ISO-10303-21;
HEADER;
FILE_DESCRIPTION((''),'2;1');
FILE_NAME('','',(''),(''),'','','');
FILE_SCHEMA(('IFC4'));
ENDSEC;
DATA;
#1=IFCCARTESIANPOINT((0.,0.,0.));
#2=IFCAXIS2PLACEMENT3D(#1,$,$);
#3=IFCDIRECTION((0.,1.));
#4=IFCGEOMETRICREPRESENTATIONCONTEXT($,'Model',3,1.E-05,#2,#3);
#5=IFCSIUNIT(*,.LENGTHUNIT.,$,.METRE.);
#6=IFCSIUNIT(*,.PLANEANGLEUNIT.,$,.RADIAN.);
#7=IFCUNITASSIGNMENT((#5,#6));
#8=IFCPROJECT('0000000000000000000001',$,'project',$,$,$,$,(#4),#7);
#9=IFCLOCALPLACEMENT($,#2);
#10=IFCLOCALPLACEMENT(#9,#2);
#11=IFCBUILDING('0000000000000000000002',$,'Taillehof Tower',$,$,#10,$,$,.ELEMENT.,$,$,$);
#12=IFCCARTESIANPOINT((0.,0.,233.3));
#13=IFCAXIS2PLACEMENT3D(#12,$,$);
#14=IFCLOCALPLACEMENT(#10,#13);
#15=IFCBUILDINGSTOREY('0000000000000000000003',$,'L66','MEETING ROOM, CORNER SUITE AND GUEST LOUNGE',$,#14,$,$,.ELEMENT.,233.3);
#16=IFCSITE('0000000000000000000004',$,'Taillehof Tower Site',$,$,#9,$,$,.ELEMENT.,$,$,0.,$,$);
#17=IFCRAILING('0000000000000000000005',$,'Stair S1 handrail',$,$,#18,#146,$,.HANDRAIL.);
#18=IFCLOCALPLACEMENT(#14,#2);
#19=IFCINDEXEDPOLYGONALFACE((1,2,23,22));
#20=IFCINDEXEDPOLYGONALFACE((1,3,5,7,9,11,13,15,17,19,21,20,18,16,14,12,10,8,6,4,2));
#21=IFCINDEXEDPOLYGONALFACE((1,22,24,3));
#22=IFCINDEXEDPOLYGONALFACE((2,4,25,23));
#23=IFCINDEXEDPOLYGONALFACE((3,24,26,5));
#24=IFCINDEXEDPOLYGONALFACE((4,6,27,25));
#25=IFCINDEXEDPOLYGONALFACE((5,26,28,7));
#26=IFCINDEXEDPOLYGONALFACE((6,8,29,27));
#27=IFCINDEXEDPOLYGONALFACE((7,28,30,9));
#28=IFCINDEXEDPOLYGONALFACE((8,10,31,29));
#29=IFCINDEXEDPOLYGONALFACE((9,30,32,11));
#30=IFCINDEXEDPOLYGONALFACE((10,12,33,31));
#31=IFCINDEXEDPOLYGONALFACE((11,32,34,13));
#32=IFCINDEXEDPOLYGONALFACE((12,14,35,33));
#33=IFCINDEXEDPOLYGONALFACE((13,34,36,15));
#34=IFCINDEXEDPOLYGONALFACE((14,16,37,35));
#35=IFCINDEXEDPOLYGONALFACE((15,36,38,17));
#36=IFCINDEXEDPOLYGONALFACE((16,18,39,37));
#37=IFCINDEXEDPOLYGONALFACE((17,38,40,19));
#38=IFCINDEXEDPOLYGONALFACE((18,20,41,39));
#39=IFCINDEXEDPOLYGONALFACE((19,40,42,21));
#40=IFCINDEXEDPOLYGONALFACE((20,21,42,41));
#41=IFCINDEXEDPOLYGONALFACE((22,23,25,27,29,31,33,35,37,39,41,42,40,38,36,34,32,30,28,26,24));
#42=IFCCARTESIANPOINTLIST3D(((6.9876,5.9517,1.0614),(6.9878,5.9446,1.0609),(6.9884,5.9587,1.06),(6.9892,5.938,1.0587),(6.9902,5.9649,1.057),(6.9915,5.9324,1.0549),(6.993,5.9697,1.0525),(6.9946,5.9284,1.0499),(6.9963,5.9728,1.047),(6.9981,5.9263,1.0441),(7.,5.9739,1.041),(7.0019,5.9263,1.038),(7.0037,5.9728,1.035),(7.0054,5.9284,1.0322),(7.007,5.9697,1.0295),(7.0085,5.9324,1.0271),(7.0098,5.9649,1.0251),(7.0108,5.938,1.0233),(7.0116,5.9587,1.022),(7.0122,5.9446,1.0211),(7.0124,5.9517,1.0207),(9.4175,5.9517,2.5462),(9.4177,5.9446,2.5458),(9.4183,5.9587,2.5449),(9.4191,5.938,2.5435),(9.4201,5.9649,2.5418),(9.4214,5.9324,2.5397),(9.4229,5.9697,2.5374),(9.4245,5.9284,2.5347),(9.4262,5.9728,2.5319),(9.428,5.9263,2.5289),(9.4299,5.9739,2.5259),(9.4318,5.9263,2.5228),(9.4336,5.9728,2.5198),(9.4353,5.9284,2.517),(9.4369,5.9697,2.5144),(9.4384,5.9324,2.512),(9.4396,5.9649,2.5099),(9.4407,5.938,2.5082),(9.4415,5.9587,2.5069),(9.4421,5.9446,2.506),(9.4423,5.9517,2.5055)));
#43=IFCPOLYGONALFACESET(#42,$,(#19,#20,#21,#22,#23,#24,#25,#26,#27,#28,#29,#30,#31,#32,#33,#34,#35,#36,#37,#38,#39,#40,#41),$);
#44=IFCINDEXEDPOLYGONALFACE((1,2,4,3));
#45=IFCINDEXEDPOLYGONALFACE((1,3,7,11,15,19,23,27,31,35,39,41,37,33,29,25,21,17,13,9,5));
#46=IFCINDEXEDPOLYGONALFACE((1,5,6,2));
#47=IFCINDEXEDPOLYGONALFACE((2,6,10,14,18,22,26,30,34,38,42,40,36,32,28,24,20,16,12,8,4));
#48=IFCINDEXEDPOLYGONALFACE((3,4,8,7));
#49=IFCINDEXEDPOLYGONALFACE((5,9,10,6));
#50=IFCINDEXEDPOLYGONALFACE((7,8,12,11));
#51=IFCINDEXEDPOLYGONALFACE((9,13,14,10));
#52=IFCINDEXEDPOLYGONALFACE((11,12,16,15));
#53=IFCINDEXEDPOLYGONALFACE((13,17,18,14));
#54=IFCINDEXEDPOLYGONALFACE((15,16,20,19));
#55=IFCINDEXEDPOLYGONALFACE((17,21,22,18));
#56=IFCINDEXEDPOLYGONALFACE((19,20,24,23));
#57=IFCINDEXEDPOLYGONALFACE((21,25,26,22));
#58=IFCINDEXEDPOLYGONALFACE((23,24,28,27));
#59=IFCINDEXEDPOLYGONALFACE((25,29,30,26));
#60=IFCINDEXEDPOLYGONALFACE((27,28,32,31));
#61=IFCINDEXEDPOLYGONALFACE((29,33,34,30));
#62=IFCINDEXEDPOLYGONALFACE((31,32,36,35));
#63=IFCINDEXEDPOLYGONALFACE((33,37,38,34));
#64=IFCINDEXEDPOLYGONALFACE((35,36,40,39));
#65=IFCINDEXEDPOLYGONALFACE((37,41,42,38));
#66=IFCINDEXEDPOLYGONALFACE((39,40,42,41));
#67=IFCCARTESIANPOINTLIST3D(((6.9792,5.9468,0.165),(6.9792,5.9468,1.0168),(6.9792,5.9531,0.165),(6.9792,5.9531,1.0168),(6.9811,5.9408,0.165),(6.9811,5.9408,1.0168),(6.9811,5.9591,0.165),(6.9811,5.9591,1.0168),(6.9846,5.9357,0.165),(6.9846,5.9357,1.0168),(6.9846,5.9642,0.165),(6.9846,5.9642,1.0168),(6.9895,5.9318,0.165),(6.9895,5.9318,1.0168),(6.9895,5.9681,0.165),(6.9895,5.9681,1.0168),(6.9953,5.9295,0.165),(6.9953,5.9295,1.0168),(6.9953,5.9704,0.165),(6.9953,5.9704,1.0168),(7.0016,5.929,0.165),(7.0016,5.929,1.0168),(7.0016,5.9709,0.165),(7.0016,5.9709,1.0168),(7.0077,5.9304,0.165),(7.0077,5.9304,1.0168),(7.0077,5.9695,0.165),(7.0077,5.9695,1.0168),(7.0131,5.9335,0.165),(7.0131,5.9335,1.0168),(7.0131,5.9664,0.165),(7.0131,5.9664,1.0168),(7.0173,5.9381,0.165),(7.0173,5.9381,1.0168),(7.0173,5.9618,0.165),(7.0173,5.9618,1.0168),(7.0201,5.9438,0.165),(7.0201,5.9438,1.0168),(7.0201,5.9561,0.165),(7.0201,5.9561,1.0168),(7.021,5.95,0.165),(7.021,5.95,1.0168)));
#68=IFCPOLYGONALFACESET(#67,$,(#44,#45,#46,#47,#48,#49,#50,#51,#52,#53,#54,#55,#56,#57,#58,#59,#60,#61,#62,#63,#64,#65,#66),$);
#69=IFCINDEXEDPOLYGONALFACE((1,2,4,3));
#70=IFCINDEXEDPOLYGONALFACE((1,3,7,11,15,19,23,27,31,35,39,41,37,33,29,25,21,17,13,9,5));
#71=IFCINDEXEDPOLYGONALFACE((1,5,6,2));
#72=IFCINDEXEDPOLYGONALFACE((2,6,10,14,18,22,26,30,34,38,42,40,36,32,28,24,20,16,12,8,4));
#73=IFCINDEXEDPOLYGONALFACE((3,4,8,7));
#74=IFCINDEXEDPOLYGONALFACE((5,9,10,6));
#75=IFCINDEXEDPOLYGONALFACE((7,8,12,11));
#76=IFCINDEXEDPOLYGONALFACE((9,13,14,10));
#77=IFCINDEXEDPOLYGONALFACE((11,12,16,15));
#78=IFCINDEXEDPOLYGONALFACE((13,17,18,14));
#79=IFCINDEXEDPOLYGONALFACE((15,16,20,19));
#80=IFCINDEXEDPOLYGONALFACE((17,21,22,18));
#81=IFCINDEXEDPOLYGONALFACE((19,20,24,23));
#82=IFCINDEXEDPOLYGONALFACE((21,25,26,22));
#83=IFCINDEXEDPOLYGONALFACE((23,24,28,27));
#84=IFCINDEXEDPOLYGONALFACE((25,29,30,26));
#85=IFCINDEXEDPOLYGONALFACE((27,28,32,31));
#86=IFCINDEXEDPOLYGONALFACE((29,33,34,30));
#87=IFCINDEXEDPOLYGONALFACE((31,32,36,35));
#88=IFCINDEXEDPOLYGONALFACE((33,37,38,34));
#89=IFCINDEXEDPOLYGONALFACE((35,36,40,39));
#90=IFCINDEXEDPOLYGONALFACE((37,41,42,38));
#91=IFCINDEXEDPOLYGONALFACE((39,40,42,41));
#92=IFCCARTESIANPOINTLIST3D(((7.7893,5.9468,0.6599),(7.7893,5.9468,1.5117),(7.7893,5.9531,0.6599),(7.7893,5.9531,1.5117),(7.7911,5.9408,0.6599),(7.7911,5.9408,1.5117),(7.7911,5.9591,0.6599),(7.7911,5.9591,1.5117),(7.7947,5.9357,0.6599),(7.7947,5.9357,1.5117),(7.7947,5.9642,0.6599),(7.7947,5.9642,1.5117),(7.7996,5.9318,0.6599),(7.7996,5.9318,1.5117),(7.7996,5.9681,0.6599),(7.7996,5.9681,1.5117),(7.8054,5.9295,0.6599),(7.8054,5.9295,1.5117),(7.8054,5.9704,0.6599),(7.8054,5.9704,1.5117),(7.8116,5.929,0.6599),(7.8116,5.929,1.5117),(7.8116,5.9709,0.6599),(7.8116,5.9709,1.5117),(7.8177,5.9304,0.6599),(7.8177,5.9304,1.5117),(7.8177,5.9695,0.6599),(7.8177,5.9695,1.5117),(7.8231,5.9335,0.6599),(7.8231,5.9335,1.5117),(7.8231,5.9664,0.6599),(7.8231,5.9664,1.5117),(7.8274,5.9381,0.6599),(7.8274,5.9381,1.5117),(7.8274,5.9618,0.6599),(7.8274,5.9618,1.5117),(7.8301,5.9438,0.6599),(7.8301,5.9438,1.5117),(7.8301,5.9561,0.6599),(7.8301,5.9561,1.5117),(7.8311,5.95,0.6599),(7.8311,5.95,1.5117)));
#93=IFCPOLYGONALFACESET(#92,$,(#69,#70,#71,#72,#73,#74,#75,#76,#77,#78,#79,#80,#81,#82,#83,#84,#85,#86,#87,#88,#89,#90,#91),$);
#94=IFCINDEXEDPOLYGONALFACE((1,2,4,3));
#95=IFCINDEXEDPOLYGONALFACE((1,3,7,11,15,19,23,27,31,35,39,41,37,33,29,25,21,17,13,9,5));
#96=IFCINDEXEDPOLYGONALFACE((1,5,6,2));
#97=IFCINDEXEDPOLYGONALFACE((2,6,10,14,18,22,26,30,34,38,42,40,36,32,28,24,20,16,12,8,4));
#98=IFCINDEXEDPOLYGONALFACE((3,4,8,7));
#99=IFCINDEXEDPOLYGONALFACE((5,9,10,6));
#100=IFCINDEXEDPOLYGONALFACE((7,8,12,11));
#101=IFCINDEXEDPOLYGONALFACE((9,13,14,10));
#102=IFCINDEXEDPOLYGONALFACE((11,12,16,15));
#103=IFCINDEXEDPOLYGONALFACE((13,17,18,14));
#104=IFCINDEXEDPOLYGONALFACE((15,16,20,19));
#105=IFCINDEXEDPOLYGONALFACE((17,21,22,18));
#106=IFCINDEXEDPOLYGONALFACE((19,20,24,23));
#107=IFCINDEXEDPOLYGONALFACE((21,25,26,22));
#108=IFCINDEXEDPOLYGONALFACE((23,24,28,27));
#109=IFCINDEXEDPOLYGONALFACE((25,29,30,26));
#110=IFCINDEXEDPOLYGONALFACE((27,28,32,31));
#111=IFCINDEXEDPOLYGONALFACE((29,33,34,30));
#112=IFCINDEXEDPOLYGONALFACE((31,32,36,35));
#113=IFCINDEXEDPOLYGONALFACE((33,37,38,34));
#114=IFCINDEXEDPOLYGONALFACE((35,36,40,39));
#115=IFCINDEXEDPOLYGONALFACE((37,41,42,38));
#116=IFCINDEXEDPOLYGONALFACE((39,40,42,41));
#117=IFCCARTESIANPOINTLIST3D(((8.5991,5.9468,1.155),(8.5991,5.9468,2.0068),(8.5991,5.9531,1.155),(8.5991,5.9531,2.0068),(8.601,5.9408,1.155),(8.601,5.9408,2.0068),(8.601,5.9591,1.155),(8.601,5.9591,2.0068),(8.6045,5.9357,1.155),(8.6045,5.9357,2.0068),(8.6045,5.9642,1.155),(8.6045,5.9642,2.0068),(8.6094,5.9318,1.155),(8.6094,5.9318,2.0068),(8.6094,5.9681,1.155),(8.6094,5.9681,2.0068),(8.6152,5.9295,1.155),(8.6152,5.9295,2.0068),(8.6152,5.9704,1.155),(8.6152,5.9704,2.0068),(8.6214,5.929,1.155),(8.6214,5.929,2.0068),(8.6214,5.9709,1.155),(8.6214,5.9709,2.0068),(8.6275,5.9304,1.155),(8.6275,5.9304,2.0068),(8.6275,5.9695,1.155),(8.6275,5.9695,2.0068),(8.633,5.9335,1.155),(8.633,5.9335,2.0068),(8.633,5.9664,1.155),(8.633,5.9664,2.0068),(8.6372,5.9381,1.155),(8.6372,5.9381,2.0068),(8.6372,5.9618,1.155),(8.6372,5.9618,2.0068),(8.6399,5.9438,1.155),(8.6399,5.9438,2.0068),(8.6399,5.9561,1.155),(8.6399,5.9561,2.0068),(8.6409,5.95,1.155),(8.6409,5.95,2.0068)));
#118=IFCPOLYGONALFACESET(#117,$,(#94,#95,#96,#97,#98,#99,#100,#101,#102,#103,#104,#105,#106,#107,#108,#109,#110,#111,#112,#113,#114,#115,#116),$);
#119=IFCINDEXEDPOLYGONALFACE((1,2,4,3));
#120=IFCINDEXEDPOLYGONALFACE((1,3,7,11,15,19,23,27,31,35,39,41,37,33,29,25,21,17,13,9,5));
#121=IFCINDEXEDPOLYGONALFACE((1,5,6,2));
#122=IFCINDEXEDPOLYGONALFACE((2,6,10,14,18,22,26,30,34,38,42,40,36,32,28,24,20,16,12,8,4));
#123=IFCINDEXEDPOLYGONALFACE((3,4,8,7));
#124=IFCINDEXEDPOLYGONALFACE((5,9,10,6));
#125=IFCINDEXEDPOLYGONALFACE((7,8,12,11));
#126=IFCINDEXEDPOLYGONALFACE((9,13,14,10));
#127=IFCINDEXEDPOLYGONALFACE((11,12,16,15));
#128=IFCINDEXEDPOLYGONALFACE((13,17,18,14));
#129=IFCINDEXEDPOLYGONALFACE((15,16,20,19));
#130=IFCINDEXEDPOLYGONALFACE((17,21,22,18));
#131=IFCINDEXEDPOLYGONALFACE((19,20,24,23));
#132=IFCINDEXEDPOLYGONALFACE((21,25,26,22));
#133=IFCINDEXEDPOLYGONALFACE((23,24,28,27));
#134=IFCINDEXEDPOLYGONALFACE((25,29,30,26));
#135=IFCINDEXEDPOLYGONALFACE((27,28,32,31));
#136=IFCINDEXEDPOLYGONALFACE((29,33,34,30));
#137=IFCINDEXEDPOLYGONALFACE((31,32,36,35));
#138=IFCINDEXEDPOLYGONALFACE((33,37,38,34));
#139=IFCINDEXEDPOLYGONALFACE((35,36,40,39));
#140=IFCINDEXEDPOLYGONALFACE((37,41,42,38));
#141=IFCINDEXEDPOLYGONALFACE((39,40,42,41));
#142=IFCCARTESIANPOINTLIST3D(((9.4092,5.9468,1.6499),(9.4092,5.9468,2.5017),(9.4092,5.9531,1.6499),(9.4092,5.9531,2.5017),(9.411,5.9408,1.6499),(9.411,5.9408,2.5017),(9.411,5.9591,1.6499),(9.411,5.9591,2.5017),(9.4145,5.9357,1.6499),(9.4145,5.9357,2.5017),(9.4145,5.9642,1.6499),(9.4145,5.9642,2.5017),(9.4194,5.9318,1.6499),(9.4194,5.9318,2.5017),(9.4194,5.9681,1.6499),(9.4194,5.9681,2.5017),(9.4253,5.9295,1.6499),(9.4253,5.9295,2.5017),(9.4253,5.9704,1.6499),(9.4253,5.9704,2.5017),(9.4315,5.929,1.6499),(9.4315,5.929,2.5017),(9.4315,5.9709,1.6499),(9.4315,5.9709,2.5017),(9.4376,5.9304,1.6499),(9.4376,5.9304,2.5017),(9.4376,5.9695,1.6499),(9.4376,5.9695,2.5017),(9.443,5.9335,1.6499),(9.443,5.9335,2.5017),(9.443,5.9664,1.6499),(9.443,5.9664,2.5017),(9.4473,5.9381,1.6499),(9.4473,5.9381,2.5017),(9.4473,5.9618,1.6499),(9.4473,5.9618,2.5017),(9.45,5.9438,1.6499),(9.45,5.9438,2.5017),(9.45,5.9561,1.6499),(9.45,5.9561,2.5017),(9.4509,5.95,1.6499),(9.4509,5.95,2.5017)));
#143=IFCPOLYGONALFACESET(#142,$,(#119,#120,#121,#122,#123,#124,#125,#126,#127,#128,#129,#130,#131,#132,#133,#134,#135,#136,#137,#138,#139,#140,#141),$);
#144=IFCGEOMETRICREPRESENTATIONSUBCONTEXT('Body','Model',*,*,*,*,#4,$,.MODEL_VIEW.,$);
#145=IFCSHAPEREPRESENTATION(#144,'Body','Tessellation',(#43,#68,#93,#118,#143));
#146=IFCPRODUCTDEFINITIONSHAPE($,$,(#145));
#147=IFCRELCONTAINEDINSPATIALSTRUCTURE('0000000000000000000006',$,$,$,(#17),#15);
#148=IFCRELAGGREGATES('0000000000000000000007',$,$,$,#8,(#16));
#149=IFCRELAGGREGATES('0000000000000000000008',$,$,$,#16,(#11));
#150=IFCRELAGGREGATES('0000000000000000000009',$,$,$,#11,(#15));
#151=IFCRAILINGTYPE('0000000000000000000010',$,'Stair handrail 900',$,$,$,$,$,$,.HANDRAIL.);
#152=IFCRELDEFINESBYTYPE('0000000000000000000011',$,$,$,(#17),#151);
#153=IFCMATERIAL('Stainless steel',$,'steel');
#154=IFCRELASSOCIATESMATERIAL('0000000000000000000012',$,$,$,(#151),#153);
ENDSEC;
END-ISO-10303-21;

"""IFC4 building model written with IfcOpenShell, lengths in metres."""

from ifc_helpers import new_model, si_unit, direction, frame, origin, origin_2d, place, context, subcontext, project, spatial, circle, extrude, material, type_object, element, save


model = new_model("IFC4")

# Units and contexts
model_context = context("Model", 3, precision=1e-05, world=origin(), true_north=direction((0.0, 1.0)))
body_context = subcontext(model_context, "Body", "Model", "MODEL_VIEW")
ifc_project = project(units=[si_unit("LENGTHUNIT", "METRE"), si_unit("PLANEANGLEUNIT", "RADIAN")], contexts=[model_context])

# Site, building, storey
site_placement = place(None, origin())
site = spatial("IfcSite", under=ifc_project, at=site_placement, Name="Taillehof Tower Site", CompositionType="ELEMENT", RefElevation=0.0)
building_placement = place(site_placement, origin())
building = spatial("IfcBuilding", under=site, at=building_placement, Name="Taillehof Tower", CompositionType="ELEMENT")
storey_placement = place(building_placement, frame((0.0, 0.0, 233.3)))
storey = spatial("IfcBuildingStorey", under=building, at=storey_placement, Name="L66", Description="MEETING ROOM, CORNER SUITE AND GUEST LOUNGE", CompositionType="ELEMENT", Elevation=233.3)

# Railing
ifc_material_1 = material(Name="Stainless steel", Category="steel")
railing_type = type_object("IfcRailingType", Name="Stair handrail 900", PredefinedType="HANDRAIL", material=ifc_material_1)
railing_1_placement = place(storey_placement, frame((7.0, 5.95, 0.165)))
element("IfcRailing", 1, at=railing_1_placement, inside=storey, type_object=railing_type, Name="Stair S1 handrail", PredefinedType="HANDRAIL", context=body_context, shape_type="SweptSolid", body=[
    extrude(circle(Radius=0.0239, at=origin_2d()), frame((0.0, 0.0, 0.876), z_axis=(0.853297, 0.0, 0.521426), x_axis=(0.0, 1.0, 0.0)), (0.0, 0.0, 1.0), 2.8477),
    extrude(circle(Radius=0.021, at=origin_2d()), origin(), (0.0, 0.0, 1.0), 0.8518),
    extrude(circle(Radius=0.021, at=origin_2d()), frame((0.8101, 0.0, 0.4949)), (0.0, 0.0, 1.0), 0.8518),
    extrude(circle(Radius=0.021, at=origin_2d()), frame((1.6199, 0.0, 0.99)), (0.0, 0.0, 1.0), 0.8518),
    extrude(circle(Radius=0.021, at=origin_2d()), frame((2.4299, 0.0, 1.4849)), (0.0, 0.0, 1.0), 0.8518),
])

save(model, "model.ifc")
